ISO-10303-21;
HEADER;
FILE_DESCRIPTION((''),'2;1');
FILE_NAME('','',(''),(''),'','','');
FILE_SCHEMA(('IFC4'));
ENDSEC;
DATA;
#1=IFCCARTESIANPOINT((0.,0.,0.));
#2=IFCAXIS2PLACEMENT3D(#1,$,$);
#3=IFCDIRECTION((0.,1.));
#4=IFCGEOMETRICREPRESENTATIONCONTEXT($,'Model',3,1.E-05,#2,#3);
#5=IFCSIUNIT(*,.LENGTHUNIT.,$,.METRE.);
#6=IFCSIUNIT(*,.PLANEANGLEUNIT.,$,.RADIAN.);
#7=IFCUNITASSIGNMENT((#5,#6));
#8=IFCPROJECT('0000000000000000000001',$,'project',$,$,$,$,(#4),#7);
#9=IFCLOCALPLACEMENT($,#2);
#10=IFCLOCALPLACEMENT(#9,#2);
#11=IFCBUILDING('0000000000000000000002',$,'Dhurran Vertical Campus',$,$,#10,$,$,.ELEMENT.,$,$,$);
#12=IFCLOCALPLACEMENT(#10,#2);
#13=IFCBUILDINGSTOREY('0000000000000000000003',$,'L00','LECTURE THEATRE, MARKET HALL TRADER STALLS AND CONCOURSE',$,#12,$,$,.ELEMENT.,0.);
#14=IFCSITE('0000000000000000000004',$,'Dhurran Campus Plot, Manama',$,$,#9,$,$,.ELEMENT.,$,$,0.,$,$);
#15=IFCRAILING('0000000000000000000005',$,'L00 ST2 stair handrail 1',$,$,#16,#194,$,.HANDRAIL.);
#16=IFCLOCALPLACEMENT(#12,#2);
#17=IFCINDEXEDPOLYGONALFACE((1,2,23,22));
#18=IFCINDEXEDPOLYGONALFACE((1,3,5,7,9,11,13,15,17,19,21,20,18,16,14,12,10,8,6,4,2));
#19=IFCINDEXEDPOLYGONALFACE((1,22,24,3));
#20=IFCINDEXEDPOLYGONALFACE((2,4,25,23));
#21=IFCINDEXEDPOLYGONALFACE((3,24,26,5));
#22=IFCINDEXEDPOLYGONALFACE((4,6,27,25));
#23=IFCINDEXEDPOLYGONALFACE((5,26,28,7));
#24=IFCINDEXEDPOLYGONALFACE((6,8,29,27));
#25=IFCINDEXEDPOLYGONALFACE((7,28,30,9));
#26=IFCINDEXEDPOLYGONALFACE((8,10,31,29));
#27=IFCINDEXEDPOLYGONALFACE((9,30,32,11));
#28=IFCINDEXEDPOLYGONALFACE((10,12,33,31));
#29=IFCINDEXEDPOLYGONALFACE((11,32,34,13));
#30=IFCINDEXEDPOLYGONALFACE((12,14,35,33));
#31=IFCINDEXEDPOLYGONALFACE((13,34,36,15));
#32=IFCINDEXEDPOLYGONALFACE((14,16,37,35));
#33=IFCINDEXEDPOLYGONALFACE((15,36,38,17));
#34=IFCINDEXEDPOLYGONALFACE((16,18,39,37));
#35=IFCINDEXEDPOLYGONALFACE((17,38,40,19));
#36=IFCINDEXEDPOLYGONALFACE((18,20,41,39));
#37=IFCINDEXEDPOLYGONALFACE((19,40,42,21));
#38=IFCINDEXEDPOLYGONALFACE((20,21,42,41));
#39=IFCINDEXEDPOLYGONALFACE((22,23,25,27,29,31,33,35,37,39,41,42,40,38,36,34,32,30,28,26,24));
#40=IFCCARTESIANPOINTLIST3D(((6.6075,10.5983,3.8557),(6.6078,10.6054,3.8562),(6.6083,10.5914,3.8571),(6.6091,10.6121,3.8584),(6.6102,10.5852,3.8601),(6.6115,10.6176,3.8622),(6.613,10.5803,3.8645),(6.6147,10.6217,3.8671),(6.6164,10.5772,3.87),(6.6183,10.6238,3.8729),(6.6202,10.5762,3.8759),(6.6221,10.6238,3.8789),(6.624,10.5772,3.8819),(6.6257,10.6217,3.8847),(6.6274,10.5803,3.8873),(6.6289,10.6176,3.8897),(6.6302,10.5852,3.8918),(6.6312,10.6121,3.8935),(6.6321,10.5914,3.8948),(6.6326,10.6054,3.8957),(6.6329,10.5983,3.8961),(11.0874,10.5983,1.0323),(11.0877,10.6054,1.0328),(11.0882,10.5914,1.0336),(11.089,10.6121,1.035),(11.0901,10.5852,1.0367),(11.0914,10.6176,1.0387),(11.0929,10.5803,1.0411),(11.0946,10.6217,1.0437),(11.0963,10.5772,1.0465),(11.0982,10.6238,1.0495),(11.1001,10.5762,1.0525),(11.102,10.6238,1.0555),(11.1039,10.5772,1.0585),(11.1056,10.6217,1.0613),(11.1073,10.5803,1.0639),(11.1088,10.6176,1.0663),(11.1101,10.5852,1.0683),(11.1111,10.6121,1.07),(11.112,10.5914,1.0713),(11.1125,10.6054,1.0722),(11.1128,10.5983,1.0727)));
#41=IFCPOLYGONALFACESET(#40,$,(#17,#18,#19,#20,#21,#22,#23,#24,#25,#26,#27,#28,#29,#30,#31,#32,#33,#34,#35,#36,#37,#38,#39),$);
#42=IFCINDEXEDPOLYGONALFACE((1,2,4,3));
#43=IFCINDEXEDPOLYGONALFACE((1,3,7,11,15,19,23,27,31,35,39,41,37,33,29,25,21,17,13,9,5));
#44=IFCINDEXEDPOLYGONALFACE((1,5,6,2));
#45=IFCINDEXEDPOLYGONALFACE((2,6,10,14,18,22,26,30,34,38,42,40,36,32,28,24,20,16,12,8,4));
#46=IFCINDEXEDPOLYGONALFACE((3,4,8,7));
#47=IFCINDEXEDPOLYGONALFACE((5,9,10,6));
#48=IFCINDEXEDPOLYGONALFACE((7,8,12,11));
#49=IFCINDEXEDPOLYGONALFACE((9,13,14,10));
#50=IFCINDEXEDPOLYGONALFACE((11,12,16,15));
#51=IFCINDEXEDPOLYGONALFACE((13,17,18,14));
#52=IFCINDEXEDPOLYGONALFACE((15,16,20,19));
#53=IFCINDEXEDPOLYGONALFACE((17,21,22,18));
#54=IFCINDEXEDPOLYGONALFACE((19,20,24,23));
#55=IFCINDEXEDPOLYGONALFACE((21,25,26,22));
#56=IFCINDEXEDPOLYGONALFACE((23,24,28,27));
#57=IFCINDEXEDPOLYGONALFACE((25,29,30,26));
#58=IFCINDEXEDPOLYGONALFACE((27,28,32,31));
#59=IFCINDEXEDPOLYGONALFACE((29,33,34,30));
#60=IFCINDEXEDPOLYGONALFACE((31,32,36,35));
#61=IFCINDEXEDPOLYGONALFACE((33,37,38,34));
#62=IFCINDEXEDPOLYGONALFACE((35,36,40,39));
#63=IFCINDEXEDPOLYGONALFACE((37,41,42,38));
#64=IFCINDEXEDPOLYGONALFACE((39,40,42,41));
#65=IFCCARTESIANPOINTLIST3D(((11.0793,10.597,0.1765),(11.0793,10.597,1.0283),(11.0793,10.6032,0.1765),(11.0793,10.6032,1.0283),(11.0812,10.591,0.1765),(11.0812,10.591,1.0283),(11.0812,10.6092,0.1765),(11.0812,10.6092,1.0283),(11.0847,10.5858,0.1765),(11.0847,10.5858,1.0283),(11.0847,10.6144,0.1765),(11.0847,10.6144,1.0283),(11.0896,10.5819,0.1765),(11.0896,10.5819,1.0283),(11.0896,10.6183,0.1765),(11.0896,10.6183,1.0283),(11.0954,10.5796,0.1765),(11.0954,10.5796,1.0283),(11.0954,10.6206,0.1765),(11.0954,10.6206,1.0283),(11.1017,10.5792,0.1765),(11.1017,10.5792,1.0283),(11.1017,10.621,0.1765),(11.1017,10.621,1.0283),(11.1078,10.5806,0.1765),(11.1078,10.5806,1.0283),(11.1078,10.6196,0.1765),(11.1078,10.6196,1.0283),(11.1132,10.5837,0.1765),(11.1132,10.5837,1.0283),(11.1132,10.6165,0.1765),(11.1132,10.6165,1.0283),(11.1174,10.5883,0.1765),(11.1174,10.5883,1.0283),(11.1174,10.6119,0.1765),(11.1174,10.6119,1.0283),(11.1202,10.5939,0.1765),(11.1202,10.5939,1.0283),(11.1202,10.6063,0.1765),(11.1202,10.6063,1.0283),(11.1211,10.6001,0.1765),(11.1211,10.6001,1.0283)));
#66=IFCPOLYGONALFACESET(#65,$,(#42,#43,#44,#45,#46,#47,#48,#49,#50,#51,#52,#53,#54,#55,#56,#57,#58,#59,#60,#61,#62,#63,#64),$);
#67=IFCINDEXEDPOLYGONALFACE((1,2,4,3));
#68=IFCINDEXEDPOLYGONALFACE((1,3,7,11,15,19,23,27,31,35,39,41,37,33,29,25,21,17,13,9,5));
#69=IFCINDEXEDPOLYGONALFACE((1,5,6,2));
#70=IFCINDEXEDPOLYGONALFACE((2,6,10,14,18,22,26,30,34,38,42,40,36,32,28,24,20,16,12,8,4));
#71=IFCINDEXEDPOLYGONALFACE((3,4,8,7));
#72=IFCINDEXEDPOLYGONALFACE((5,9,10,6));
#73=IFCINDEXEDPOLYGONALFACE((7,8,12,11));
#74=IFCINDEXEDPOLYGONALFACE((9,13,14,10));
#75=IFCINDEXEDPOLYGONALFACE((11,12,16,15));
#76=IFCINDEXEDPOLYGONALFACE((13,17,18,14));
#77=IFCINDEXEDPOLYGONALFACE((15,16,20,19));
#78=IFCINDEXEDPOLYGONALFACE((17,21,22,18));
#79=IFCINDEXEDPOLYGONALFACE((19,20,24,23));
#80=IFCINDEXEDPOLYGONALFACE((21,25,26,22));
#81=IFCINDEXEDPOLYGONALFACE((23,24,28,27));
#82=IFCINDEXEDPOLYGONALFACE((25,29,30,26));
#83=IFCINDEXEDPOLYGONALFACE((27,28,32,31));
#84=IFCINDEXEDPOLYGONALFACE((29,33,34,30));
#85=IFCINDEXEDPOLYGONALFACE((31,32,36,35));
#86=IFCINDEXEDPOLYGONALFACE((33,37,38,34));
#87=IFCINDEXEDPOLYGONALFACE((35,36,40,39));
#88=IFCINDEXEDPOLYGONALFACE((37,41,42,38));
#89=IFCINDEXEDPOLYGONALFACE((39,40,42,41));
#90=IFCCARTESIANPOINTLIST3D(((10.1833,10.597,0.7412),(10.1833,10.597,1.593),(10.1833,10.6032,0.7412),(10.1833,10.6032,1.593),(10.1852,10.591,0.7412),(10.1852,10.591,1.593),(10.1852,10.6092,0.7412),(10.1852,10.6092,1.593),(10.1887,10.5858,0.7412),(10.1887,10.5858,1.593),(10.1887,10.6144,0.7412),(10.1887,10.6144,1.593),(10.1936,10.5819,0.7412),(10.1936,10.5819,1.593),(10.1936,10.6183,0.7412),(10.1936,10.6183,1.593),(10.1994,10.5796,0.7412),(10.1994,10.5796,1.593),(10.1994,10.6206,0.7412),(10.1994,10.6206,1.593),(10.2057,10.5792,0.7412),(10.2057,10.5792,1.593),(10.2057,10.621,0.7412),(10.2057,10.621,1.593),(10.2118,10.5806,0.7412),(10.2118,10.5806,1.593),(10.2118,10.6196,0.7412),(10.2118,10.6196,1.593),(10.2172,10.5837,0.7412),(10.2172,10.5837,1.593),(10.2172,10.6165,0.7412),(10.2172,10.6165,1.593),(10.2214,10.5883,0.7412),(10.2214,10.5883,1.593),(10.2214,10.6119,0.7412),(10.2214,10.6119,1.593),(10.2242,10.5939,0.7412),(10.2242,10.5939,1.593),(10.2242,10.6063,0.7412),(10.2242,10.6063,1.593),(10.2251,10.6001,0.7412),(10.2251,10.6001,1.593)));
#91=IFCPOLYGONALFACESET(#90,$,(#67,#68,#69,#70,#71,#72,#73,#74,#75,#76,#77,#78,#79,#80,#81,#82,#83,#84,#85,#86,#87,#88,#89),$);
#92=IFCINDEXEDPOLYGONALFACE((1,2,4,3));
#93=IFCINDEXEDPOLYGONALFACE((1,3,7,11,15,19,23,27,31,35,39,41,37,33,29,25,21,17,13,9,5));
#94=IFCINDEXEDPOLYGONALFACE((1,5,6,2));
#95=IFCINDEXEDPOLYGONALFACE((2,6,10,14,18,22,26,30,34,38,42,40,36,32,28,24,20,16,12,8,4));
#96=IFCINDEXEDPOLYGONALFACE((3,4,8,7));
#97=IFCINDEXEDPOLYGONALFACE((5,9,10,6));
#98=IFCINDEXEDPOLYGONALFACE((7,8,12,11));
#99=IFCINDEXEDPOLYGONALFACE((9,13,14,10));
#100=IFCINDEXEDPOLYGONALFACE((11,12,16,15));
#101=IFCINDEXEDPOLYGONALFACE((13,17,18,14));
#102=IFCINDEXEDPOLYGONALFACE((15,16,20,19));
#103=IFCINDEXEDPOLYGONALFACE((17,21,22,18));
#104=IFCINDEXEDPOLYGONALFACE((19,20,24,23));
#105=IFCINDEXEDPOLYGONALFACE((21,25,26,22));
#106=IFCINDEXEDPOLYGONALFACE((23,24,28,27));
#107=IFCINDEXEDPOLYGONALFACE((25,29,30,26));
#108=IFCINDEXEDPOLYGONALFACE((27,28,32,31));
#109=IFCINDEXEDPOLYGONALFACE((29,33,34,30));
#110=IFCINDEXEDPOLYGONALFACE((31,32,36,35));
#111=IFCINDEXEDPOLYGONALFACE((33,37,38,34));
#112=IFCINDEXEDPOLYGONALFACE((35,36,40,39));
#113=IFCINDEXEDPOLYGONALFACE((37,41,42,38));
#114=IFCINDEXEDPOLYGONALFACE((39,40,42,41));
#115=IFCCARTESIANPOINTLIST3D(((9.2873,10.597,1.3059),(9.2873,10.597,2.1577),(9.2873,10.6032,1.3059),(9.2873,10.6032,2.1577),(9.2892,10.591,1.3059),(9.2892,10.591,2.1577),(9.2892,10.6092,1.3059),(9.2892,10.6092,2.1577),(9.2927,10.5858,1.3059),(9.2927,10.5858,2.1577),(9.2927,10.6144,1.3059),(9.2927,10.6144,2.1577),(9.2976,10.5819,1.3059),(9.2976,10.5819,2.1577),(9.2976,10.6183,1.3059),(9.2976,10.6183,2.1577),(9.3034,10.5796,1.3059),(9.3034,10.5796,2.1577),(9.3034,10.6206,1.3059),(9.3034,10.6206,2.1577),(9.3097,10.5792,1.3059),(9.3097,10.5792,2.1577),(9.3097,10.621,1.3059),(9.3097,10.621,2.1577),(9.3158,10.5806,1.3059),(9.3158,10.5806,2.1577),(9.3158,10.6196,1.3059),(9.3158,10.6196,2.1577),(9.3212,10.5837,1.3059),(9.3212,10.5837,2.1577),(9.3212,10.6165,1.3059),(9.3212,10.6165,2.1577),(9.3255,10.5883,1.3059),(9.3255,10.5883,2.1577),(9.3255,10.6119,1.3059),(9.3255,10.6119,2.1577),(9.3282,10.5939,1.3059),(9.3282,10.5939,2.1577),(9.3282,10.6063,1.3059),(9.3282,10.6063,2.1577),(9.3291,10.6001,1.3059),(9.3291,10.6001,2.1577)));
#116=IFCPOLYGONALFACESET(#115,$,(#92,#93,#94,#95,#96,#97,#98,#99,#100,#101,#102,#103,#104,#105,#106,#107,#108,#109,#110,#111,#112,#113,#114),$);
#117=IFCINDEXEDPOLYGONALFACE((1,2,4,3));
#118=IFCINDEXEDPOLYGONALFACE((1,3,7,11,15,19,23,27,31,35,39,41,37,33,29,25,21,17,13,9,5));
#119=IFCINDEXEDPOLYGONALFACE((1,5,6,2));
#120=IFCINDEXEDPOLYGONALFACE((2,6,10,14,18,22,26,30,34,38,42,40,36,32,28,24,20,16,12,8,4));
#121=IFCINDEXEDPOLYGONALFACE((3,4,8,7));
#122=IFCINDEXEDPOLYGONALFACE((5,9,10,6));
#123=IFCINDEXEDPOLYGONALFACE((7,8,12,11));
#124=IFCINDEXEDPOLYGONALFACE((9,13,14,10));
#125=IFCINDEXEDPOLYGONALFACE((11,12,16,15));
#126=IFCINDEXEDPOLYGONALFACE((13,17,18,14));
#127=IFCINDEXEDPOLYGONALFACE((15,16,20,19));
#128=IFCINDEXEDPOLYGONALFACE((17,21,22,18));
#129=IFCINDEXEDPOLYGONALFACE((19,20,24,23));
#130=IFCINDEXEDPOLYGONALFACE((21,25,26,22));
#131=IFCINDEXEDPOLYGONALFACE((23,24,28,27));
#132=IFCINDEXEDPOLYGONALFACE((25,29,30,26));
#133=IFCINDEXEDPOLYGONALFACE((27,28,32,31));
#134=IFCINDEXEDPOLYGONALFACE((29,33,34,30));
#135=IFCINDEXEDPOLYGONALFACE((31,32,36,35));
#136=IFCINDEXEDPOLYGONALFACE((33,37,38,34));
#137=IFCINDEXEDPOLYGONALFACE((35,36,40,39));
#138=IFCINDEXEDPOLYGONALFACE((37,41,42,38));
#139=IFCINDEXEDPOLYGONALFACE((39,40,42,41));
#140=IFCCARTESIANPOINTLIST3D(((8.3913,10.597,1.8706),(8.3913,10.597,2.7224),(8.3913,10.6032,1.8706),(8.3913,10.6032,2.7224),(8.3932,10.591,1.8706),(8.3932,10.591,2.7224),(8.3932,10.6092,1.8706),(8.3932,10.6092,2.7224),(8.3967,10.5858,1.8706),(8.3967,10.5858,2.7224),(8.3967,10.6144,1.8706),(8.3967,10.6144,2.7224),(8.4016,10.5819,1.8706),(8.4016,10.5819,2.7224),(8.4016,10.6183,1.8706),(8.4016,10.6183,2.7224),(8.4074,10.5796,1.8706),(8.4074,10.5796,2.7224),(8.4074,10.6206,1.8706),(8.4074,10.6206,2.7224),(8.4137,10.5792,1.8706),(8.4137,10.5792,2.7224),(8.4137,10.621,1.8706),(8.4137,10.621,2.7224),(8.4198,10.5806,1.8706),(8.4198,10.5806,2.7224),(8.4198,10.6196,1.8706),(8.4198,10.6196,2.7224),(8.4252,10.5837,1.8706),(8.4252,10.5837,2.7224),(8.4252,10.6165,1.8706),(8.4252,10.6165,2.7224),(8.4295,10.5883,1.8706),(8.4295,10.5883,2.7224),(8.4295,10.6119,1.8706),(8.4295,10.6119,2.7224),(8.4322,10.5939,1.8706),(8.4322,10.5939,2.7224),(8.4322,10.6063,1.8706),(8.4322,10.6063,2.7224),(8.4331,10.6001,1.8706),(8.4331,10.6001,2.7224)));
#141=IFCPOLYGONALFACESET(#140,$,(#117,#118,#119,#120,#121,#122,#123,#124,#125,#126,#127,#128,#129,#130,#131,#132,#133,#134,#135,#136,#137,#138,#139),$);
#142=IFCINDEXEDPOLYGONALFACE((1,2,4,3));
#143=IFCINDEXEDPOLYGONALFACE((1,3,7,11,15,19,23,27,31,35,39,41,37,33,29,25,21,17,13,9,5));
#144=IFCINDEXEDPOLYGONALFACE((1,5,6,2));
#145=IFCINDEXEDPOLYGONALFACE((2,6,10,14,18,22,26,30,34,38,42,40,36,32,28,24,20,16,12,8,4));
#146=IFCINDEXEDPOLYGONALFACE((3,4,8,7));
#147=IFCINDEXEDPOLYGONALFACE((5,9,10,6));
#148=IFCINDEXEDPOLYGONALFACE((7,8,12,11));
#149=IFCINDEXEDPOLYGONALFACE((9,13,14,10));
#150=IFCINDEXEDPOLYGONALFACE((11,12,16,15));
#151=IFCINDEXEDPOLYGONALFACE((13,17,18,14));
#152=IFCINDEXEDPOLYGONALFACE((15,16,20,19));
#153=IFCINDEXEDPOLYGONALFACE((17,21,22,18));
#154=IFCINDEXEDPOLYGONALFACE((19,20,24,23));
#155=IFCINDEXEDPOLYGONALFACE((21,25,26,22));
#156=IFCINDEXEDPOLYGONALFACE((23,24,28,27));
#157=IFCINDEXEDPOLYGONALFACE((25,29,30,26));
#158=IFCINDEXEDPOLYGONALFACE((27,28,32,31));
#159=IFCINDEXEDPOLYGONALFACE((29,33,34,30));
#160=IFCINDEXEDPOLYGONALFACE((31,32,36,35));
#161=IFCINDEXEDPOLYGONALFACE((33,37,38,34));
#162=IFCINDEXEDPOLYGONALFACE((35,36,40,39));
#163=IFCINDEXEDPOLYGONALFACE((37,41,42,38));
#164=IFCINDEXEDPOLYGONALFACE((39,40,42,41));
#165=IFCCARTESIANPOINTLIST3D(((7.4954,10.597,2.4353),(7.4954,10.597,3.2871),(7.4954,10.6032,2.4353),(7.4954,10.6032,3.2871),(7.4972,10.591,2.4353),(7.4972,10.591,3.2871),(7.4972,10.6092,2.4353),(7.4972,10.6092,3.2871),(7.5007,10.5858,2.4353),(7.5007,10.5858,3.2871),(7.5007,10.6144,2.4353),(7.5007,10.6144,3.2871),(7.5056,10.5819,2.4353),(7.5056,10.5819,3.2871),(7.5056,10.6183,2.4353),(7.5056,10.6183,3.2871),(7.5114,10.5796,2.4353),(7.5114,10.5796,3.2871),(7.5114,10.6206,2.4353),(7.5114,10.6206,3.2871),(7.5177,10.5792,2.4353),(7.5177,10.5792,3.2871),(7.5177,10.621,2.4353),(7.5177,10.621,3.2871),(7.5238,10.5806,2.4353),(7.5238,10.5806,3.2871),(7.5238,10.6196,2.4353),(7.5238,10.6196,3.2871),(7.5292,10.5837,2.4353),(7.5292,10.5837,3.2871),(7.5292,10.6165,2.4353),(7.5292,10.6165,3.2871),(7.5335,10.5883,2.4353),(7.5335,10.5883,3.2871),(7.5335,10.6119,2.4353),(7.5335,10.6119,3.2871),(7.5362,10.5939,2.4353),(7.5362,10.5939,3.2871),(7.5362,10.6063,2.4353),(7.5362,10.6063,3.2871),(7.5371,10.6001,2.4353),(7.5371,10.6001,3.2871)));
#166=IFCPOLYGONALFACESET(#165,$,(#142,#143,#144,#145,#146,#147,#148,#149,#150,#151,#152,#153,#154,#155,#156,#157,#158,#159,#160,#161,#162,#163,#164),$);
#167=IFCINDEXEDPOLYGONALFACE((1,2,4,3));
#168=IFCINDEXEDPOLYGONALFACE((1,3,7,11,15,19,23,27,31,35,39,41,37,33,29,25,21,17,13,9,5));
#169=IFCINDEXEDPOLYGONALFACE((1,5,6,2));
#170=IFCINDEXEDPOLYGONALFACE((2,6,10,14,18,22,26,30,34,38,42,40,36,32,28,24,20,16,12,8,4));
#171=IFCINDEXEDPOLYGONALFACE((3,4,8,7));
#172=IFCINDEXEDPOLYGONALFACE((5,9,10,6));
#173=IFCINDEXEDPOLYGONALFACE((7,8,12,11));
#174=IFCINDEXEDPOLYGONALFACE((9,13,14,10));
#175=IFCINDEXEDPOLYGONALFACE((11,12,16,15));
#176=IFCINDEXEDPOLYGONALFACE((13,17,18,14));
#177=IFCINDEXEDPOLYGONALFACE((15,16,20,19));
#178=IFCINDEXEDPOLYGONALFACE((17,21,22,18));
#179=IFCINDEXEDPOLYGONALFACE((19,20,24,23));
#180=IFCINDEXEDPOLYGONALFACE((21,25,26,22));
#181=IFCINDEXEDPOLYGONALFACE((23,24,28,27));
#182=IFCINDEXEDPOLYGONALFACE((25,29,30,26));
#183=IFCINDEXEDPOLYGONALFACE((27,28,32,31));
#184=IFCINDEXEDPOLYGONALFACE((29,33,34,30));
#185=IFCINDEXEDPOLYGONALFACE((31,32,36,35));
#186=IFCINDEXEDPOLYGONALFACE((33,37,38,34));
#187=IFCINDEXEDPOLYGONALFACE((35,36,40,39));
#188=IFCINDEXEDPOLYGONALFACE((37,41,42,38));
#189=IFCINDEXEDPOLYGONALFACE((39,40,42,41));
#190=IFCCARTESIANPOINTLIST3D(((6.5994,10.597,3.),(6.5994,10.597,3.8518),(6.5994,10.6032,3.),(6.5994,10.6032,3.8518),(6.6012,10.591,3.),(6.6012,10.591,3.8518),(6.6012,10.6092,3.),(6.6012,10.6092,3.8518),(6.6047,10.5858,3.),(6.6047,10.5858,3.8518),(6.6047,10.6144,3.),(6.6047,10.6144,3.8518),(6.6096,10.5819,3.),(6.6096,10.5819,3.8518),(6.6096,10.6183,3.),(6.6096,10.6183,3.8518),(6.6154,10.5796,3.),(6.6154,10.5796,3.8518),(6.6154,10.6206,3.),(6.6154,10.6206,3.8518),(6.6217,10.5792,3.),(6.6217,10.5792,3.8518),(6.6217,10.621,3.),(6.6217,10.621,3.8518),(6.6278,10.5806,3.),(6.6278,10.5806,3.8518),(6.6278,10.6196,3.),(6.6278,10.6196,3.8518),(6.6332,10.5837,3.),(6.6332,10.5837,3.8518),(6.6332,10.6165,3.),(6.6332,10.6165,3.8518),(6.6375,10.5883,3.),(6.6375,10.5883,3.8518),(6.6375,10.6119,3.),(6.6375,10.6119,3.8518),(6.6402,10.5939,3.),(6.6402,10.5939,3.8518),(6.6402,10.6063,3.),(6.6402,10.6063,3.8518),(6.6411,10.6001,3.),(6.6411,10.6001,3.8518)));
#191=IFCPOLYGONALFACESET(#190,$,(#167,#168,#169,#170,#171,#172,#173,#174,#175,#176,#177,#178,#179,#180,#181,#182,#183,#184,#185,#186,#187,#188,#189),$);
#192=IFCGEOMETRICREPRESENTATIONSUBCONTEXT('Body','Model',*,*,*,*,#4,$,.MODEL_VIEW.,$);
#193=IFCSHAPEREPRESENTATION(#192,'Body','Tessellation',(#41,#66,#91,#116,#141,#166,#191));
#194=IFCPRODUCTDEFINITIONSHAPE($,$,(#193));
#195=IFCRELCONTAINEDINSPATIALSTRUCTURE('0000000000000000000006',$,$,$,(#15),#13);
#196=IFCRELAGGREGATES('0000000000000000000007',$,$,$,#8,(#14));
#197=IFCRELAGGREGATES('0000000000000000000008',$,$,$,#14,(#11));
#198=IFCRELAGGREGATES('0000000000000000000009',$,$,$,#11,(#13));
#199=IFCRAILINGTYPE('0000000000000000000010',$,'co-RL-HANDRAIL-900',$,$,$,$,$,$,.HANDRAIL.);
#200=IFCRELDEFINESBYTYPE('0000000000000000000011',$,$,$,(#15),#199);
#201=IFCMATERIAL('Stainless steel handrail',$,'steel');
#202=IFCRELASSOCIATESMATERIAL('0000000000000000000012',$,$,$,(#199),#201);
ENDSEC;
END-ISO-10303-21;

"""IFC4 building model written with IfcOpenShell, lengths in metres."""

from ifc_helpers import new_model, si_unit, direction, frame, origin, origin_2d, place, context, subcontext, project, spatial, circle, extrude, material, type_object, element, save


model = new_model("IFC4")

# Units and contexts
model_context = context("Model", 3, precision=1e-05, world=origin(), true_north=direction((0.0, 1.0)))
body_context = subcontext(model_context, "Body", "Model", "MODEL_VIEW")
ifc_project = project(units=[si_unit("LENGTHUNIT", "METRE"), si_unit("PLANEANGLEUNIT", "RADIAN")], contexts=[model_context])

# Site, building, storey
site_placement = place(None, origin())
site = spatial("IfcSite", under=ifc_project, at=site_placement, Name="Dhurran Campus Plot, Manama", CompositionType="ELEMENT", RefElevation=0.0)
building_placement = place(site_placement, origin())
building = spatial("IfcBuilding", under=site, at=building_placement, Name="Dhurran Vertical Campus", CompositionType="ELEMENT")
storey_placement = place(building_placement, origin())
storey = spatial("IfcBuildingStorey", under=building, at=storey_placement, Name="L00", Description="LECTURE THEATRE, MARKET HALL TRADER STALLS AND CONCOURSE", CompositionType="ELEMENT", Elevation=0.0)

# Railing
ifc_material_1 = material(Name="Stainless steel handrail", Category="steel")
railing_type = type_object("IfcRailingType", Name="co-RL-HANDRAIL-900", PredefinedType="HANDRAIL", material=ifc_material_1)
railing_placement = place(storey_placement, frame((11.1001, 10.6001, 0.1765)))
element("IfcRailing", 1, at=railing_placement, inside=storey, type_object=railing_type, Name="L00 ST2 stair handrail 1", PredefinedType="HANDRAIL", context=body_context, shape_type="SweptSolid", body=[
    extrude(circle(Radius=0.0239, at=origin_2d()), frame((0.0, 0.0, 0.876), z_axis=(-0.845998, 0.0, 0.533186), x_axis=(0.0, -1.0, 0.0)), (0.0, 0.0, 1.0), 5.2954),
    extrude(circle(Radius=0.021, at=origin_2d()), origin(), (0.0, 0.0, 1.0), 0.8518),
    extrude(circle(Radius=0.021, at=origin_2d()), frame((-0.896, 0.0, 0.5647)), (0.0, 0.0, 1.0), 0.8518),
    extrude(circle(Radius=0.021, at=origin_2d()), frame((-1.792, 0.0, 1.1294)), (0.0, 0.0, 1.0), 0.8518),
    extrude(circle(Radius=0.021, at=origin_2d()), frame((-2.688, 0.0, 1.6941)), (0.0, 0.0, 1.0), 0.8518),
    extrude(circle(Radius=0.021, at=origin_2d()), frame((-3.584, 0.0, 2.2588)), (0.0, 0.0, 1.0), 0.8518),
    extrude(circle(Radius=0.021, at=origin_2d()), frame((-4.48, 0.0, 2.8235)), (0.0, 0.0, 1.0), 0.8518),
])

save(model, "model.ifc")
